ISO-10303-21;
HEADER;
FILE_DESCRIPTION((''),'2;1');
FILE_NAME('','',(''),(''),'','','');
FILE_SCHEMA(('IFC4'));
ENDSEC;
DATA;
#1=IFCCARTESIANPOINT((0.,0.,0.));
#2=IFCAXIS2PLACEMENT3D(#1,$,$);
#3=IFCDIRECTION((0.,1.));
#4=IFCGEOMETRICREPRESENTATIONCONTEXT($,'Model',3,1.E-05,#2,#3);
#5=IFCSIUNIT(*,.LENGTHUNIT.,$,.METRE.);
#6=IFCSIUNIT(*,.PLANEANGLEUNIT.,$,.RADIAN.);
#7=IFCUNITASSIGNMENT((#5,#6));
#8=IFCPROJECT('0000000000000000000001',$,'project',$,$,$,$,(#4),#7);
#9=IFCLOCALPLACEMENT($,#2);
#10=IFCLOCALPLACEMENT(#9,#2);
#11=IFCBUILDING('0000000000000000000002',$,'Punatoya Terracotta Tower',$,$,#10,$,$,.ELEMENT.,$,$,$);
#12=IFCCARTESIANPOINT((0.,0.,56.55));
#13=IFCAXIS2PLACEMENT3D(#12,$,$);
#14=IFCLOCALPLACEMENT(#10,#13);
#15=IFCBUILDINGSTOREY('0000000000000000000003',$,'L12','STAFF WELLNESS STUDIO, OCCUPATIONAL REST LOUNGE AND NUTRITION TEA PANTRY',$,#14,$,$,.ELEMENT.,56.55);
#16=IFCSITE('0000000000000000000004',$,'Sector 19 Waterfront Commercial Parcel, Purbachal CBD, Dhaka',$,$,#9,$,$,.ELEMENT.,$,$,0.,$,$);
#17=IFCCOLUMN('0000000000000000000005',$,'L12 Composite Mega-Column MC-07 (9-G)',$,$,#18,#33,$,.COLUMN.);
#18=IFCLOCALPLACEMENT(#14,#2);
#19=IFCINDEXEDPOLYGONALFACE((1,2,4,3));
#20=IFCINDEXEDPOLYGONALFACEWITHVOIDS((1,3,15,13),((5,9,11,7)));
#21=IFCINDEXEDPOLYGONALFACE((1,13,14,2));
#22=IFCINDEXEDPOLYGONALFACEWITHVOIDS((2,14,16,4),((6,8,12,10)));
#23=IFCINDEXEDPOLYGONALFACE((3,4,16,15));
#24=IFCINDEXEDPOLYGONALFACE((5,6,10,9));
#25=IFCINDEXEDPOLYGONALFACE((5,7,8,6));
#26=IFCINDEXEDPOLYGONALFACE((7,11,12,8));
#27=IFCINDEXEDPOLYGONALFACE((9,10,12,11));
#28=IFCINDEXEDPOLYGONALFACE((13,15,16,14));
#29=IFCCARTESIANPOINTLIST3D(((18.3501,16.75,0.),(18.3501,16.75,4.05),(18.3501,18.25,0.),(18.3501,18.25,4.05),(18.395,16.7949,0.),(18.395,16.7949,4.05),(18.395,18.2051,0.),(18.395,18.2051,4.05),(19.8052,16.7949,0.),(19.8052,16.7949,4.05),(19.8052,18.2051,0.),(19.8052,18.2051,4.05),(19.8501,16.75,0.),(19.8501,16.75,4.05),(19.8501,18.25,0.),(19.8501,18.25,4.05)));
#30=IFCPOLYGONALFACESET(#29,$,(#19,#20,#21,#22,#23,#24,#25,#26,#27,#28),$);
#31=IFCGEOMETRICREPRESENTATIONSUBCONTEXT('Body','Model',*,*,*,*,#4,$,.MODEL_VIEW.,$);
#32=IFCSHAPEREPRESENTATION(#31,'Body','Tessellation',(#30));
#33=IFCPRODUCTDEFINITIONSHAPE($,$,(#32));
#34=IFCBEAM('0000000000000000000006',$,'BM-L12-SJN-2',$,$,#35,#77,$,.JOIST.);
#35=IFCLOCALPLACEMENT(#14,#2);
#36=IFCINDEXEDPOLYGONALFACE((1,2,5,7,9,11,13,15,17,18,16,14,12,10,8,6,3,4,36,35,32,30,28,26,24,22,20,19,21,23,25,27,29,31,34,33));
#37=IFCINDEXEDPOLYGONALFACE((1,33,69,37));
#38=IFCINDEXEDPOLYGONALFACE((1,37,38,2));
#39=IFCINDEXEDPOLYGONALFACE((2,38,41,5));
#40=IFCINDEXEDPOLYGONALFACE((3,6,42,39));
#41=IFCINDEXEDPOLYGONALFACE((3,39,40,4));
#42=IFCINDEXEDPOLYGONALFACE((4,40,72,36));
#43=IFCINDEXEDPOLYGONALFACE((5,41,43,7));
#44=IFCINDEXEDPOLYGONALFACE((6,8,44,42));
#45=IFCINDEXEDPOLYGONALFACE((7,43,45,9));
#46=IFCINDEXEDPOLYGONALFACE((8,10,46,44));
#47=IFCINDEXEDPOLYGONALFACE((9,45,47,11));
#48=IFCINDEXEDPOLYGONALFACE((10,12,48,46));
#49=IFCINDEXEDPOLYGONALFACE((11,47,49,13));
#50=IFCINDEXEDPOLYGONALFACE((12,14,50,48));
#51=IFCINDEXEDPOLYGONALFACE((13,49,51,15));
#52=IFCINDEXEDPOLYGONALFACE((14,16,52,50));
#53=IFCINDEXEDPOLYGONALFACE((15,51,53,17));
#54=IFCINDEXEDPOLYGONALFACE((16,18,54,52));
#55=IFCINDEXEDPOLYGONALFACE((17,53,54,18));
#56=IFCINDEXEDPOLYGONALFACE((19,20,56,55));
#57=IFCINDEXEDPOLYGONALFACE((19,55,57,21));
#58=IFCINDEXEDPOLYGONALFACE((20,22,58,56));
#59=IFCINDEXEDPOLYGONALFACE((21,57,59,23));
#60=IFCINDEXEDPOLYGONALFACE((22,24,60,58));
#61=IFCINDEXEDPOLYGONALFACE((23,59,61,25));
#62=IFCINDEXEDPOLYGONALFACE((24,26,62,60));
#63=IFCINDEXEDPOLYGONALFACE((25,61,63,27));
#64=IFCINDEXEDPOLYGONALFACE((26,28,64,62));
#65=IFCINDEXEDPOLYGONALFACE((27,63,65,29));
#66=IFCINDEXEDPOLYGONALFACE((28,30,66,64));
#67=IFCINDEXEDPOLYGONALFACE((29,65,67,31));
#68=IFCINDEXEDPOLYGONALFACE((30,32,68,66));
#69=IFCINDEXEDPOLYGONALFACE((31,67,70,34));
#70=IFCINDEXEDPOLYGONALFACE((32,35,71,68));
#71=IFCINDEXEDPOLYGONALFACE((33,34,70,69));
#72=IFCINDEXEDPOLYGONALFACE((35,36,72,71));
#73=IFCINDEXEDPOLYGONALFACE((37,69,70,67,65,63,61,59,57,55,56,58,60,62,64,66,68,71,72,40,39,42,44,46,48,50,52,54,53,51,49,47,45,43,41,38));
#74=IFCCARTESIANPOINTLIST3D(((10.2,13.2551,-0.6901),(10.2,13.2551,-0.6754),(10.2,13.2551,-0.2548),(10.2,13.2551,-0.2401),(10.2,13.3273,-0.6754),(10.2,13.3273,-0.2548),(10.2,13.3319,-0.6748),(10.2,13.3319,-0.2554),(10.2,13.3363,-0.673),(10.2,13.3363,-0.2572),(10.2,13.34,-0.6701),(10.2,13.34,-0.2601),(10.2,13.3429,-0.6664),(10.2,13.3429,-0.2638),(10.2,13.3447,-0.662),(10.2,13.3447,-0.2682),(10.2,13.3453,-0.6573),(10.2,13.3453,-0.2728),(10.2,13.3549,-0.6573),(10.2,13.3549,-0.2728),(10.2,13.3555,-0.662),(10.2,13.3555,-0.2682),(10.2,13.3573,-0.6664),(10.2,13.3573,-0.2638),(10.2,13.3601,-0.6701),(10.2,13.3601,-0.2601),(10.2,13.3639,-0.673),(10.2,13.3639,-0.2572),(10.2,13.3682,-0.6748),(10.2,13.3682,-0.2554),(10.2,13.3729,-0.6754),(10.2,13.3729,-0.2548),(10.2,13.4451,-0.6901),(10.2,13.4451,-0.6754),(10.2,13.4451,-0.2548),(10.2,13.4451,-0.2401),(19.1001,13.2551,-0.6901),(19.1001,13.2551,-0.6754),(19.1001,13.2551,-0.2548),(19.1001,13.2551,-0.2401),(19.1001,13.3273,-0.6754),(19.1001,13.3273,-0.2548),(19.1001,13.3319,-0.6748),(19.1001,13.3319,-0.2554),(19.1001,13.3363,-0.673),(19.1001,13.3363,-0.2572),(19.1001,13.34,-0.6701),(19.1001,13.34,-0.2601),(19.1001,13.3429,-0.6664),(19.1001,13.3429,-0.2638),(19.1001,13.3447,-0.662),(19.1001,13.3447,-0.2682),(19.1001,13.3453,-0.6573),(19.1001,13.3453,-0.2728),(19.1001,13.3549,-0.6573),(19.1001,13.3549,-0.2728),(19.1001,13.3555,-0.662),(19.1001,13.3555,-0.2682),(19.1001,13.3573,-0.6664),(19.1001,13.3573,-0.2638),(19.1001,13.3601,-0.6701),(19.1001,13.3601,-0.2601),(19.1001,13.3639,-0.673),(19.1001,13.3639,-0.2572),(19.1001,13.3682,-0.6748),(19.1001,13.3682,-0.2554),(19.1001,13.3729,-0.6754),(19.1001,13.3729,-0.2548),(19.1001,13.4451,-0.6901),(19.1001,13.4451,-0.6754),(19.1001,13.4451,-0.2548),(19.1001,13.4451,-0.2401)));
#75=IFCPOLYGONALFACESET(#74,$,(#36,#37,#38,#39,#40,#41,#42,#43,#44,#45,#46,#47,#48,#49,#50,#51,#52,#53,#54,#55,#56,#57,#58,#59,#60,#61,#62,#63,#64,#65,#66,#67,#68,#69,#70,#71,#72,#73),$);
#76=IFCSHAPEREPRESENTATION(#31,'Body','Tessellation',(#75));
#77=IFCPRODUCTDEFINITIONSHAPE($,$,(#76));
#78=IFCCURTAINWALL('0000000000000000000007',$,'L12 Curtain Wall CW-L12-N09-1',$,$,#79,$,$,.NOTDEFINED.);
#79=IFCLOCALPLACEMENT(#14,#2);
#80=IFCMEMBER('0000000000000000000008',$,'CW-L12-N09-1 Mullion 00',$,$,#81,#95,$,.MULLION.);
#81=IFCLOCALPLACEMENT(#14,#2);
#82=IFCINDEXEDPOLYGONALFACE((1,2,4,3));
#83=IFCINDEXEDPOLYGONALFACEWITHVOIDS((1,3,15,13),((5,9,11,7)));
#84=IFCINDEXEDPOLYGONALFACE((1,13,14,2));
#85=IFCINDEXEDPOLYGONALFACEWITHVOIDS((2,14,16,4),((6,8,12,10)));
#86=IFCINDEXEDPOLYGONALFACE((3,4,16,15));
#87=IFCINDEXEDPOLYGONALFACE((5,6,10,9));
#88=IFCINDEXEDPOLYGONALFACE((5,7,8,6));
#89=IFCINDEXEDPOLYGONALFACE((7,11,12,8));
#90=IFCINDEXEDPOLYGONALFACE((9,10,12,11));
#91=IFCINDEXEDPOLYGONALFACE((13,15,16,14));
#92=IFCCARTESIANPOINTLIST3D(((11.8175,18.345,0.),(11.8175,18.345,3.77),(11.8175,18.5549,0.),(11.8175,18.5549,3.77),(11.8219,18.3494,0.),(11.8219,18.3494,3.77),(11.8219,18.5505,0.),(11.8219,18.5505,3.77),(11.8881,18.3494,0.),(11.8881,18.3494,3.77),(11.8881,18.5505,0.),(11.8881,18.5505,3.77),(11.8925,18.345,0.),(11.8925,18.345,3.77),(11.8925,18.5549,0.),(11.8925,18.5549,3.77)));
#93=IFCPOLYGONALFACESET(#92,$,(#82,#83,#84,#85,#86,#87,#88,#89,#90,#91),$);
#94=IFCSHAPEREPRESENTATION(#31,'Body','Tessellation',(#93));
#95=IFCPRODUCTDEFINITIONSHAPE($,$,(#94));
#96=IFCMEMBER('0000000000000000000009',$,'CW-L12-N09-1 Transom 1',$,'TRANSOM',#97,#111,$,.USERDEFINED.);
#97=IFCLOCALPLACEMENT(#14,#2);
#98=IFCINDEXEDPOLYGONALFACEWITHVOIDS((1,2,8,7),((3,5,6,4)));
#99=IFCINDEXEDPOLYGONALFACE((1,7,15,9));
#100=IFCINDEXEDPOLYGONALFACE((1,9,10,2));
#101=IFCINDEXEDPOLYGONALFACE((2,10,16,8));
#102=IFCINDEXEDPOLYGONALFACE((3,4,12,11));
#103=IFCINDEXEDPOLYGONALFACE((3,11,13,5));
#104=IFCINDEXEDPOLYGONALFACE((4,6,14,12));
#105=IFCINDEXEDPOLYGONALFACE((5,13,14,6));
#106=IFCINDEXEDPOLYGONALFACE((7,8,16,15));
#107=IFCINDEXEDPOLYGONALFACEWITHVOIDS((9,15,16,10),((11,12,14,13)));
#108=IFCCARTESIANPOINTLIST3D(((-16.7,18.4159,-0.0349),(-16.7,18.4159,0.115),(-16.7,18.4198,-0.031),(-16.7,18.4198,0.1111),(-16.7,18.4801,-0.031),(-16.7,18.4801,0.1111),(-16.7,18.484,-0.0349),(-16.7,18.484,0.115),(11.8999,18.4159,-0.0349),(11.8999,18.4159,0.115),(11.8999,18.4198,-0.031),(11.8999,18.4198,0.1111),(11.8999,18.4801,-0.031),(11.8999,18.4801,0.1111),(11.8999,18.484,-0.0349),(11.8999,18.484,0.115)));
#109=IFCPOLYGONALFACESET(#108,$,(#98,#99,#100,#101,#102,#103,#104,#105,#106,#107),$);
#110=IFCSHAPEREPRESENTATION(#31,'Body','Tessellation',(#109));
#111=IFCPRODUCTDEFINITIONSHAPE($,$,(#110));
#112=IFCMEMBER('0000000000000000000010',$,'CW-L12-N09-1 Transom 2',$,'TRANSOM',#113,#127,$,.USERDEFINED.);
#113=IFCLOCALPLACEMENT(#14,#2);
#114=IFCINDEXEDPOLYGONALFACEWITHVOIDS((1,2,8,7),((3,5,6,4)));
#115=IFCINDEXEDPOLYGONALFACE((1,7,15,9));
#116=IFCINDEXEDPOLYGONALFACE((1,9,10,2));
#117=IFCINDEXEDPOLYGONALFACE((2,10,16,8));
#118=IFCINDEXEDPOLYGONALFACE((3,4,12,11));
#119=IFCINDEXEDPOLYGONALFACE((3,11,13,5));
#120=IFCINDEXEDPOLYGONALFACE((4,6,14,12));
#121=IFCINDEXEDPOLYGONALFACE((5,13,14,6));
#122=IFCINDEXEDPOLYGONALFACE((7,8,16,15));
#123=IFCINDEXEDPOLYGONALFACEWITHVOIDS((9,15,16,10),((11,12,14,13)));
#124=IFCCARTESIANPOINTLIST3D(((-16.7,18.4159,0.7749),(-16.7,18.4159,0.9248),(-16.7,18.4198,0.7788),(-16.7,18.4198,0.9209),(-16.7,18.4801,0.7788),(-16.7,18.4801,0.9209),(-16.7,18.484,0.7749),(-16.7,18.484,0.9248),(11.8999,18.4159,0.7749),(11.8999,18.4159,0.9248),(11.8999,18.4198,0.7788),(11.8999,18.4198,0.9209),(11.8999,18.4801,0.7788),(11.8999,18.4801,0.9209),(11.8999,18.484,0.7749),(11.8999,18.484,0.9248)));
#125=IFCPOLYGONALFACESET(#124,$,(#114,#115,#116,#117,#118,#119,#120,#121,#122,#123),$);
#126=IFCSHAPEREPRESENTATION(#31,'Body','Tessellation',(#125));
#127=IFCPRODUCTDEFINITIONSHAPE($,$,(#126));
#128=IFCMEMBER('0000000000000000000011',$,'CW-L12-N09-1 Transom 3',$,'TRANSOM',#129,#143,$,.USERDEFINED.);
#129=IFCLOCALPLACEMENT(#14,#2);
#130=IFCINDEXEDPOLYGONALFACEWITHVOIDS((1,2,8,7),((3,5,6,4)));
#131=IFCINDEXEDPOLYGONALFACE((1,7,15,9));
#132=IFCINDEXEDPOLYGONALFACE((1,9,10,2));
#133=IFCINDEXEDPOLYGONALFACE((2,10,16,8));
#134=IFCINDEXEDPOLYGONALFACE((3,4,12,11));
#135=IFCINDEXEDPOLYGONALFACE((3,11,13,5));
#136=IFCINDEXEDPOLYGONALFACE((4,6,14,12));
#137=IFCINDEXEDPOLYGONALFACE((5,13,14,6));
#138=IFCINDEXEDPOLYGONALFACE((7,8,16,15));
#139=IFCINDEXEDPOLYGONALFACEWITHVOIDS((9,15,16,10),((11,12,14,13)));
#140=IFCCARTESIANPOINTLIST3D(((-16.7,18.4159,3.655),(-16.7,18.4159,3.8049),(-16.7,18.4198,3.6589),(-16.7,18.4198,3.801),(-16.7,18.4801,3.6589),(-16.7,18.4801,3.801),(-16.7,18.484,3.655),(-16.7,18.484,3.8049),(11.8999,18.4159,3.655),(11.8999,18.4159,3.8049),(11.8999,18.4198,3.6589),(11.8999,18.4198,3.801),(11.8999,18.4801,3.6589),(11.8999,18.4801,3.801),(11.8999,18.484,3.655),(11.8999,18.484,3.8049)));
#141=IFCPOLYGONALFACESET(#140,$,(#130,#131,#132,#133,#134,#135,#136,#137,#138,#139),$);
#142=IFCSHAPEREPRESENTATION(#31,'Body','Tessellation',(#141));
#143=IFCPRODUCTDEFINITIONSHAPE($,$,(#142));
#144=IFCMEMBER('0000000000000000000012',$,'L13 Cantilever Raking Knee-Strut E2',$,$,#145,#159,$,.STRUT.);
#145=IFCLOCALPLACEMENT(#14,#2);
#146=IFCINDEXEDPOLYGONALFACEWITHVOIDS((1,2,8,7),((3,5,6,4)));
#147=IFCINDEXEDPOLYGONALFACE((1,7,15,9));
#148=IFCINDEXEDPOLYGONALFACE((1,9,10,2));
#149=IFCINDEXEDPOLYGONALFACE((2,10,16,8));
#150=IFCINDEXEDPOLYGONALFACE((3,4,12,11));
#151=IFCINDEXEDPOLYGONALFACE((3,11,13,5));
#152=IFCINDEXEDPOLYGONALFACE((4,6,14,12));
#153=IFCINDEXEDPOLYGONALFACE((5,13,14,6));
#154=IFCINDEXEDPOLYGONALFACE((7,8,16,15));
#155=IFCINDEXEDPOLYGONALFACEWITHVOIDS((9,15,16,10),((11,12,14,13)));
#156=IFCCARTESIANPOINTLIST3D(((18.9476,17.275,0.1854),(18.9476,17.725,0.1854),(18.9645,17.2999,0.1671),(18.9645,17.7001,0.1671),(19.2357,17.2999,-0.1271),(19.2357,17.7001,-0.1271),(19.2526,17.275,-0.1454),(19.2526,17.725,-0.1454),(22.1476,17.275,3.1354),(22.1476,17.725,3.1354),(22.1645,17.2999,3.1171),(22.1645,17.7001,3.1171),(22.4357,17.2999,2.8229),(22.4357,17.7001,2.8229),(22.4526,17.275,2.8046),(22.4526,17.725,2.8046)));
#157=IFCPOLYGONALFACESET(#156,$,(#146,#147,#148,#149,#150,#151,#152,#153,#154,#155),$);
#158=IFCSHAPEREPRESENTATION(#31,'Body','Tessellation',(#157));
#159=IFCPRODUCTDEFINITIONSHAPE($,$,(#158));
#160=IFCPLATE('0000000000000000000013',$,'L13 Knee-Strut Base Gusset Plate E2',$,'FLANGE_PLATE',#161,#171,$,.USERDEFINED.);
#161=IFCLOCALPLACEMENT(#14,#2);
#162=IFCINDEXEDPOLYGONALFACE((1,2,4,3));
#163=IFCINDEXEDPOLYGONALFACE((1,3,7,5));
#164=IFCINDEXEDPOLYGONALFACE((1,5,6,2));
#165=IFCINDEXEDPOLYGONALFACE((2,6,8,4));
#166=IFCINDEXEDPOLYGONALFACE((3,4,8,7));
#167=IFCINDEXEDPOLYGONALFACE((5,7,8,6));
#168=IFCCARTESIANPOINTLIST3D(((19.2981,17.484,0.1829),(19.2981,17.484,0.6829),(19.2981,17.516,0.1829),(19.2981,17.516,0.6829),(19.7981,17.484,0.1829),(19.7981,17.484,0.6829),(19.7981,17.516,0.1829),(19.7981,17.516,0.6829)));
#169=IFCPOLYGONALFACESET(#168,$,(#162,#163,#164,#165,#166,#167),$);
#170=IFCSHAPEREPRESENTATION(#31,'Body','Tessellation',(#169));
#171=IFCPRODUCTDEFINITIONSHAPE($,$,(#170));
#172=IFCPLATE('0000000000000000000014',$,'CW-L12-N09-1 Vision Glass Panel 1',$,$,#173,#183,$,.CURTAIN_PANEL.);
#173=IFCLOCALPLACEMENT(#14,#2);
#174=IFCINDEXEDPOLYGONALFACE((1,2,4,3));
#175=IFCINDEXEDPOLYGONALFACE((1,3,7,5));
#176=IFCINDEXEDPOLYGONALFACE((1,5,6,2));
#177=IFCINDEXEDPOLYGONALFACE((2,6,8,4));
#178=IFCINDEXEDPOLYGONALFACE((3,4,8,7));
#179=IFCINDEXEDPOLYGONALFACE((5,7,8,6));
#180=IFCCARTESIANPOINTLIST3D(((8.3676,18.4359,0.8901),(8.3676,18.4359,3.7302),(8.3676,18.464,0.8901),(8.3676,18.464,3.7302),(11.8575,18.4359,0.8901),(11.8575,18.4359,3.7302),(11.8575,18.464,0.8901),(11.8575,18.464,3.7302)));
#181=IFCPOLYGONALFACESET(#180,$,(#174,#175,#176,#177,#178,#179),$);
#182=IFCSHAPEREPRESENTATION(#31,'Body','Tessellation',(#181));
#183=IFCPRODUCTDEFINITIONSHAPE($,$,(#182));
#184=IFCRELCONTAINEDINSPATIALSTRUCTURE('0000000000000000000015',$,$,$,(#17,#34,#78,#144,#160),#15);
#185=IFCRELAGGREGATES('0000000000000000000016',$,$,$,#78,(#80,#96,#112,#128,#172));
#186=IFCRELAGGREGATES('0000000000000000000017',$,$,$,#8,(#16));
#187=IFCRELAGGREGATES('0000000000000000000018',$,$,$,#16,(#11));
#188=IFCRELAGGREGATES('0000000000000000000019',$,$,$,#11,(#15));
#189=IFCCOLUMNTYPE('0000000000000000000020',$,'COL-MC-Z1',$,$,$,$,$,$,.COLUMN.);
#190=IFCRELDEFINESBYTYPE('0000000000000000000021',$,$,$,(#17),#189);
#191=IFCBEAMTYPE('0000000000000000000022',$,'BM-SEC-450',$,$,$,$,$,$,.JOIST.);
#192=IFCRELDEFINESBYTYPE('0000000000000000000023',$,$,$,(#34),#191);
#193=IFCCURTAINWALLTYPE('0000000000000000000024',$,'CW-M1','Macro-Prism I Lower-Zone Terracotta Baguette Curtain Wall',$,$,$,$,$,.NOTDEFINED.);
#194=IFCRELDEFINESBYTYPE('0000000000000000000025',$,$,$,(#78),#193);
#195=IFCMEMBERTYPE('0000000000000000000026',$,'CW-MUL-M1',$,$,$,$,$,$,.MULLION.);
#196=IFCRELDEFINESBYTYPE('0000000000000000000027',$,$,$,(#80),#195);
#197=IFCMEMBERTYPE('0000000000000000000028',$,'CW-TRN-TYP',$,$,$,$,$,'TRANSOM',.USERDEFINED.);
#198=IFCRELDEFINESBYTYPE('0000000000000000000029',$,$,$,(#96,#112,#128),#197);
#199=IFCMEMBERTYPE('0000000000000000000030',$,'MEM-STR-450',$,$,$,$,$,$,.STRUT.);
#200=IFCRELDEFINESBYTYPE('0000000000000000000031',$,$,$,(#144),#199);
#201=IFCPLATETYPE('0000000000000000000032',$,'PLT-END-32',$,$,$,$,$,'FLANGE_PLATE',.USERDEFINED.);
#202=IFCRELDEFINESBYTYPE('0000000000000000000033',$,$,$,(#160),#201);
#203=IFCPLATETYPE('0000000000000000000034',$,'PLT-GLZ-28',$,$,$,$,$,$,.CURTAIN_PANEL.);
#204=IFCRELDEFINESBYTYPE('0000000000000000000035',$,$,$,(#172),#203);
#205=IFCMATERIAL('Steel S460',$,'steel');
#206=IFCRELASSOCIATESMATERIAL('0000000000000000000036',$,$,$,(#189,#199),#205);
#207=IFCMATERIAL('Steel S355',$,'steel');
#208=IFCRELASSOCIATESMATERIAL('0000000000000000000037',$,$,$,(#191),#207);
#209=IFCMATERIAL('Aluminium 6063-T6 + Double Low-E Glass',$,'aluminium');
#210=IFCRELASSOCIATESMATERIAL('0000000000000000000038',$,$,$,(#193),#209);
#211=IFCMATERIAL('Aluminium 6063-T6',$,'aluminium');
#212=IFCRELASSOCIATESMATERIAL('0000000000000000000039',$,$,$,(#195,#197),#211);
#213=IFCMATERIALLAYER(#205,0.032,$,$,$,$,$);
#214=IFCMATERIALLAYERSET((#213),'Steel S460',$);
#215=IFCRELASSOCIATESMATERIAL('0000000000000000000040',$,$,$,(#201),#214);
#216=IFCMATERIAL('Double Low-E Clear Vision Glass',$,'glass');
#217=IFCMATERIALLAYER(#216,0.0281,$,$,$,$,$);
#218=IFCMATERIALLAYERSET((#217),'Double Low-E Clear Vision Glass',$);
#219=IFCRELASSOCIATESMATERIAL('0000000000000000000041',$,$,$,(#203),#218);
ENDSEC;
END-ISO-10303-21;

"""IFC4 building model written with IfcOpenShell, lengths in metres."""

from ifc_helpers import new_model, si_unit, direction, frame, origin, origin_2d, place, context, subcontext, project, spatial, rectangle, hollow_rectangle, i_section, extrude, material, layer, layer_set, material_profile, profile_set, type_object, element, aggregate, save


model = new_model("IFC4")

# Units and contexts
model_context = context("Model", 3, precision=1e-05, world=origin(), true_north=direction((0.0, 1.0)))
body_context = subcontext(model_context, "Body", "Model", "MODEL_VIEW")
ifc_project = project(units=[si_unit("LENGTHUNIT", "METRE"), si_unit("PLANEANGLEUNIT", "RADIAN")], contexts=[model_context])

# Site, building, storey
site_placement = place(None, origin())
site = spatial("IfcSite", under=ifc_project, at=site_placement, Name="Sector 19 Waterfront Commercial Parcel, Purbachal CBD, Dhaka", CompositionType="ELEMENT", RefElevation=0.0)
building_placement = place(site_placement, origin())
building = spatial("IfcBuilding", under=site, at=building_placement, Name="Punatoya Terracotta Tower", CompositionType="ELEMENT")
storey_placement = place(building_placement, frame((0.0, 0.0, 56.55)))
storey = spatial("IfcBuildingStorey", under=building, at=storey_placement, Name="L12", Description="STAFF WELLNESS STUDIO, OCCUPATIONAL REST LOUNGE AND NUTRITION TEA PANTRY", CompositionType="ELEMENT", Elevation=56.55)

# Column
ifc_material_1 = material(Name="Steel S460", Category="steel")
ifc_material_profile_1 = material_profile(ifc_material_1, hollow_rectangle(XDim=1.5, YDim=1.5, WallThickness=0.0449, at=origin_2d()))
ifc_profile_set_1 = profile_set([ifc_material_profile_1], Name="Steel S460")
column_type = type_object("IfcColumnType", Name="COL-MC-Z1", PredefinedType="COLUMN", material=ifc_profile_set_1)
column_placement = place(storey_placement, frame((19.1001, 17.5, 0.0), z_axis=(0.0, 0.0, 1.0), x_axis=(1.0, 0.0, 0.0)))
element("IfcColumn", 1, at=column_placement, inside=storey, type_object=column_type, Name="L12 Composite Mega-Column MC-07 (9-G)", PredefinedType="COLUMN", context=body_context, shape_type="SweptSolid", body=[
    extrude(hollow_rectangle(XDim=1.5, YDim=1.5, WallThickness=0.0449, at=origin_2d()), origin(), (0.0, 0.0, 1.0), 4.05),
])

# Beam
ifc_material_2 = material(Name="Steel S355", Category="steel")
ifc_material_profile_2 = material_profile(ifc_material_2, i_section(OverallWidth=0.1899, OverallDepth=0.45, WebThickness=0.0095, FlangeThickness=0.0146, FilletRadius=0.0181, at=origin_2d()))
ifc_profile_set_2 = profile_set([ifc_material_profile_2], Name="Steel S355")
beam_type = type_object("IfcBeamType", Name="BM-SEC-450", PredefinedType="JOIST", material=ifc_profile_set_2)
beam_placement = place(storey_placement, frame((10.2, 13.3501, -0.4651), z_axis=(1.0, 0.0, 0.0), x_axis=(0.0, 1.0, 0.0)))
element("IfcBeam", 2, at=beam_placement, inside=storey, type_object=beam_type, Name="BM-L12-SJN-2", PredefinedType="JOIST", context=body_context, shape_type="SweptSolid", body=[
    extrude(i_section(OverallWidth=0.1899, OverallDepth=0.45, WebThickness=0.0095, FlangeThickness=0.0146, FilletRadius=0.0181, at=origin_2d()), origin(), (0.0, 0.0, 1.0), 8.9001),
])

# Curtain wall, members
ifc_material_3 = material(Name="Aluminium 6063-T6 + Double Low-E Glass", Category="aluminium")
curtain_wall_type = type_object("IfcCurtainWallType", Name="CW-M1", Description="Macro-Prism I Lower-Zone Terracotta Baguette Curtain Wall", PredefinedType="NOTDEFINED", material=ifc_material_3)
curtain_wall_placement = place(storey_placement, origin())
curtain_wall = element("IfcCurtainWall", 3, at=curtain_wall_placement, inside=storey, type_object=curtain_wall_type, Name="L12 Curtain Wall CW-L12-N09-1", PredefinedType="NOTDEFINED")
ifc_material_4 = material(Name="Aluminium 6063-T6", Category="aluminium")
ifc_material_profile_3 = material_profile(ifc_material_4, hollow_rectangle(XDim=0.075, YDim=0.21, WallThickness=0.0044, at=origin_2d()))
ifc_profile_set_3 = profile_set([ifc_material_profile_3], Name="Aluminium 6063-T6")
member_type_1 = type_object("IfcMemberType", Name="CW-MUL-M1", PredefinedType="MULLION", material=ifc_profile_set_3)
member_1_placement = place(storey_placement, frame((11.855, 18.45, 0.0), z_axis=(0.0, 0.0, 1.0), x_axis=(1.0, 0.0, 0.0)))
member_1 = element("IfcMember", 4, at=member_1_placement, type_object=member_type_1, Name="CW-L12-N09-1 Mullion 00", PredefinedType="MULLION", context=body_context, shape_type="SweptSolid", body=[
    extrude(hollow_rectangle(XDim=0.075, YDim=0.21, WallThickness=0.0044, at=origin_2d()), origin(), (0.0, 0.0, 1.0), 3.77),
])
ifc_material_profile_4 = material_profile(ifc_material_4, hollow_rectangle(XDim=0.0681, YDim=0.1499, WallThickness=0.0039, at=origin_2d()))
ifc_profile_set_4 = profile_set([ifc_material_profile_4], Name="Aluminium 6063-T6")
member_type_2 = type_object("IfcMemberType", Name="CW-TRN-TYP", ElementType="TRANSOM", PredefinedType="USERDEFINED", material=ifc_profile_set_4)
member_2_placement = place(storey_placement, frame((11.8999, 18.45, 0.04), z_axis=(-1.0, 0.0, 0.0), x_axis=(0.0, -1.0, 0.0)))
member_2 = element("IfcMember", 5, at=member_2_placement, type_object=member_type_2, Name="CW-L12-N09-1 Transom 1", ObjectType="TRANSOM", PredefinedType="USERDEFINED", context=body_context, shape_type="SweptSolid", body=[
    extrude(hollow_rectangle(XDim=0.0681, YDim=0.1499, WallThickness=0.0039, at=origin_2d()), origin(), (0.0, 0.0, 1.0), 28.5999),
])
member_3_placement = place(storey_placement, frame((11.8999, 18.45, 0.8499), z_axis=(-1.0, 0.0, 0.0), x_axis=(0.0, -1.0, 0.0)))
member_3 = element("IfcMember", 6, at=member_3_placement, type_object=member_type_2, Name="CW-L12-N09-1 Transom 2", ObjectType="TRANSOM", PredefinedType="USERDEFINED", context=body_context, shape_type="SweptSolid", body=[
    extrude(hollow_rectangle(XDim=0.0681, YDim=0.1499, WallThickness=0.0039, at=origin_2d()), origin(), (0.0, 0.0, 1.0), 28.5999),
])
member_4_placement = place(storey_placement, frame((11.8999, 18.45, 3.73), z_axis=(-1.0, 0.0, 0.0), x_axis=(0.0, -1.0, 0.0)))
member_4 = element("IfcMember", 7, at=member_4_placement, type_object=member_type_2, Name="CW-L12-N09-1 Transom 3", ObjectType="TRANSOM", PredefinedType="USERDEFINED", context=body_context, shape_type="SweptSolid", body=[
    extrude(hollow_rectangle(XDim=0.0681, YDim=0.1499, WallThickness=0.0039, at=origin_2d()), origin(), (0.0, 0.0, 1.0), 28.5999),
])

# Member
ifc_material_profile_5 = material_profile(ifc_material_1, hollow_rectangle(XDim=0.45, YDim=0.45, WallThickness=0.0249, at=origin_2d()))
ifc_profile_set_5 = profile_set([ifc_material_profile_5], Name="Steel S460")
member_type_3 = type_object("IfcMemberType", Name="MEM-STR-450", PredefinedType="STRUT", material=ifc_profile_set_5)
member_5_placement = place(storey_placement, frame((19.1001, 17.5, 0.02), z_axis=(0.735244, 0.0, 0.677802), x_axis=(0.0, 1.0, 0.0)))
element("IfcMember", 8, at=member_5_placement, inside=storey, type_object=member_type_3, Name="L13 Cantilever Raking Knee-Strut E2", PredefinedType="STRUT", context=body_context, shape_type="SweptSolid", body=[
    extrude(hollow_rectangle(XDim=0.45, YDim=0.45, WallThickness=0.0249, at=origin_2d()), origin(), (0.0, 0.0, 1.0), 4.3523),
])

# Plates
ifc_layer_1 = layer(ifc_material_1, 0.032)
ifc_layer_set_1 = layer_set([ifc_layer_1], Name="Steel S460")
plate_type_1 = type_object("IfcPlateType", Name="PLT-END-32", ElementType="FLANGE_PLATE", PredefinedType="USERDEFINED", material=ifc_layer_set_1)
plate_1_placement = place(storey_placement, frame((19.5481, 17.5, 0.1829), z_axis=(0.0, 0.0, 1.0), x_axis=(1.0, 0.0, 0.0)))
element("IfcPlate", 9, at=plate_1_placement, inside=storey, type_object=plate_type_1, Name="L13 Knee-Strut Base Gusset Plate E2", ObjectType="FLANGE_PLATE", PredefinedType="USERDEFINED", context=body_context, shape_type="SweptSolid", body=[
    extrude(rectangle(XDim=0.5, YDim=0.032, at=origin_2d()), origin(), (0.0, 0.0, 1.0), 0.5),
])
ifc_material_5 = material(Name="Double Low-E Clear Vision Glass", Category="glass")
ifc_layer_2 = layer(ifc_material_5, 0.0281)
ifc_layer_set_2 = layer_set([ifc_layer_2], Name="Double Low-E Clear Vision Glass")
plate_type_2 = type_object("IfcPlateType", Name="PLT-GLZ-28", PredefinedType="CURTAIN_PANEL", material=ifc_layer_set_2)
plate_2_placement = place(storey_placement, frame((10.1125, 18.45, 0.8901), z_axis=(0.0, 0.0, 1.0), x_axis=(-1.0, 0.0, 0.0)))
plate_2 = element("IfcPlate", 10, at=plate_2_placement, type_object=plate_type_2, Name="CW-L12-N09-1 Vision Glass Panel 1", PredefinedType="CURTAIN_PANEL", context=body_context, shape_type="SweptSolid", body=[
    extrude(rectangle(XDim=3.49, YDim=0.0281, at=origin_2d()), origin(), (0.0, 0.0, 1.0), 2.8401),
])
aggregate(curtain_wall, [member_1, member_2, member_3, member_4, plate_2])

save(model, "model.ifc")
